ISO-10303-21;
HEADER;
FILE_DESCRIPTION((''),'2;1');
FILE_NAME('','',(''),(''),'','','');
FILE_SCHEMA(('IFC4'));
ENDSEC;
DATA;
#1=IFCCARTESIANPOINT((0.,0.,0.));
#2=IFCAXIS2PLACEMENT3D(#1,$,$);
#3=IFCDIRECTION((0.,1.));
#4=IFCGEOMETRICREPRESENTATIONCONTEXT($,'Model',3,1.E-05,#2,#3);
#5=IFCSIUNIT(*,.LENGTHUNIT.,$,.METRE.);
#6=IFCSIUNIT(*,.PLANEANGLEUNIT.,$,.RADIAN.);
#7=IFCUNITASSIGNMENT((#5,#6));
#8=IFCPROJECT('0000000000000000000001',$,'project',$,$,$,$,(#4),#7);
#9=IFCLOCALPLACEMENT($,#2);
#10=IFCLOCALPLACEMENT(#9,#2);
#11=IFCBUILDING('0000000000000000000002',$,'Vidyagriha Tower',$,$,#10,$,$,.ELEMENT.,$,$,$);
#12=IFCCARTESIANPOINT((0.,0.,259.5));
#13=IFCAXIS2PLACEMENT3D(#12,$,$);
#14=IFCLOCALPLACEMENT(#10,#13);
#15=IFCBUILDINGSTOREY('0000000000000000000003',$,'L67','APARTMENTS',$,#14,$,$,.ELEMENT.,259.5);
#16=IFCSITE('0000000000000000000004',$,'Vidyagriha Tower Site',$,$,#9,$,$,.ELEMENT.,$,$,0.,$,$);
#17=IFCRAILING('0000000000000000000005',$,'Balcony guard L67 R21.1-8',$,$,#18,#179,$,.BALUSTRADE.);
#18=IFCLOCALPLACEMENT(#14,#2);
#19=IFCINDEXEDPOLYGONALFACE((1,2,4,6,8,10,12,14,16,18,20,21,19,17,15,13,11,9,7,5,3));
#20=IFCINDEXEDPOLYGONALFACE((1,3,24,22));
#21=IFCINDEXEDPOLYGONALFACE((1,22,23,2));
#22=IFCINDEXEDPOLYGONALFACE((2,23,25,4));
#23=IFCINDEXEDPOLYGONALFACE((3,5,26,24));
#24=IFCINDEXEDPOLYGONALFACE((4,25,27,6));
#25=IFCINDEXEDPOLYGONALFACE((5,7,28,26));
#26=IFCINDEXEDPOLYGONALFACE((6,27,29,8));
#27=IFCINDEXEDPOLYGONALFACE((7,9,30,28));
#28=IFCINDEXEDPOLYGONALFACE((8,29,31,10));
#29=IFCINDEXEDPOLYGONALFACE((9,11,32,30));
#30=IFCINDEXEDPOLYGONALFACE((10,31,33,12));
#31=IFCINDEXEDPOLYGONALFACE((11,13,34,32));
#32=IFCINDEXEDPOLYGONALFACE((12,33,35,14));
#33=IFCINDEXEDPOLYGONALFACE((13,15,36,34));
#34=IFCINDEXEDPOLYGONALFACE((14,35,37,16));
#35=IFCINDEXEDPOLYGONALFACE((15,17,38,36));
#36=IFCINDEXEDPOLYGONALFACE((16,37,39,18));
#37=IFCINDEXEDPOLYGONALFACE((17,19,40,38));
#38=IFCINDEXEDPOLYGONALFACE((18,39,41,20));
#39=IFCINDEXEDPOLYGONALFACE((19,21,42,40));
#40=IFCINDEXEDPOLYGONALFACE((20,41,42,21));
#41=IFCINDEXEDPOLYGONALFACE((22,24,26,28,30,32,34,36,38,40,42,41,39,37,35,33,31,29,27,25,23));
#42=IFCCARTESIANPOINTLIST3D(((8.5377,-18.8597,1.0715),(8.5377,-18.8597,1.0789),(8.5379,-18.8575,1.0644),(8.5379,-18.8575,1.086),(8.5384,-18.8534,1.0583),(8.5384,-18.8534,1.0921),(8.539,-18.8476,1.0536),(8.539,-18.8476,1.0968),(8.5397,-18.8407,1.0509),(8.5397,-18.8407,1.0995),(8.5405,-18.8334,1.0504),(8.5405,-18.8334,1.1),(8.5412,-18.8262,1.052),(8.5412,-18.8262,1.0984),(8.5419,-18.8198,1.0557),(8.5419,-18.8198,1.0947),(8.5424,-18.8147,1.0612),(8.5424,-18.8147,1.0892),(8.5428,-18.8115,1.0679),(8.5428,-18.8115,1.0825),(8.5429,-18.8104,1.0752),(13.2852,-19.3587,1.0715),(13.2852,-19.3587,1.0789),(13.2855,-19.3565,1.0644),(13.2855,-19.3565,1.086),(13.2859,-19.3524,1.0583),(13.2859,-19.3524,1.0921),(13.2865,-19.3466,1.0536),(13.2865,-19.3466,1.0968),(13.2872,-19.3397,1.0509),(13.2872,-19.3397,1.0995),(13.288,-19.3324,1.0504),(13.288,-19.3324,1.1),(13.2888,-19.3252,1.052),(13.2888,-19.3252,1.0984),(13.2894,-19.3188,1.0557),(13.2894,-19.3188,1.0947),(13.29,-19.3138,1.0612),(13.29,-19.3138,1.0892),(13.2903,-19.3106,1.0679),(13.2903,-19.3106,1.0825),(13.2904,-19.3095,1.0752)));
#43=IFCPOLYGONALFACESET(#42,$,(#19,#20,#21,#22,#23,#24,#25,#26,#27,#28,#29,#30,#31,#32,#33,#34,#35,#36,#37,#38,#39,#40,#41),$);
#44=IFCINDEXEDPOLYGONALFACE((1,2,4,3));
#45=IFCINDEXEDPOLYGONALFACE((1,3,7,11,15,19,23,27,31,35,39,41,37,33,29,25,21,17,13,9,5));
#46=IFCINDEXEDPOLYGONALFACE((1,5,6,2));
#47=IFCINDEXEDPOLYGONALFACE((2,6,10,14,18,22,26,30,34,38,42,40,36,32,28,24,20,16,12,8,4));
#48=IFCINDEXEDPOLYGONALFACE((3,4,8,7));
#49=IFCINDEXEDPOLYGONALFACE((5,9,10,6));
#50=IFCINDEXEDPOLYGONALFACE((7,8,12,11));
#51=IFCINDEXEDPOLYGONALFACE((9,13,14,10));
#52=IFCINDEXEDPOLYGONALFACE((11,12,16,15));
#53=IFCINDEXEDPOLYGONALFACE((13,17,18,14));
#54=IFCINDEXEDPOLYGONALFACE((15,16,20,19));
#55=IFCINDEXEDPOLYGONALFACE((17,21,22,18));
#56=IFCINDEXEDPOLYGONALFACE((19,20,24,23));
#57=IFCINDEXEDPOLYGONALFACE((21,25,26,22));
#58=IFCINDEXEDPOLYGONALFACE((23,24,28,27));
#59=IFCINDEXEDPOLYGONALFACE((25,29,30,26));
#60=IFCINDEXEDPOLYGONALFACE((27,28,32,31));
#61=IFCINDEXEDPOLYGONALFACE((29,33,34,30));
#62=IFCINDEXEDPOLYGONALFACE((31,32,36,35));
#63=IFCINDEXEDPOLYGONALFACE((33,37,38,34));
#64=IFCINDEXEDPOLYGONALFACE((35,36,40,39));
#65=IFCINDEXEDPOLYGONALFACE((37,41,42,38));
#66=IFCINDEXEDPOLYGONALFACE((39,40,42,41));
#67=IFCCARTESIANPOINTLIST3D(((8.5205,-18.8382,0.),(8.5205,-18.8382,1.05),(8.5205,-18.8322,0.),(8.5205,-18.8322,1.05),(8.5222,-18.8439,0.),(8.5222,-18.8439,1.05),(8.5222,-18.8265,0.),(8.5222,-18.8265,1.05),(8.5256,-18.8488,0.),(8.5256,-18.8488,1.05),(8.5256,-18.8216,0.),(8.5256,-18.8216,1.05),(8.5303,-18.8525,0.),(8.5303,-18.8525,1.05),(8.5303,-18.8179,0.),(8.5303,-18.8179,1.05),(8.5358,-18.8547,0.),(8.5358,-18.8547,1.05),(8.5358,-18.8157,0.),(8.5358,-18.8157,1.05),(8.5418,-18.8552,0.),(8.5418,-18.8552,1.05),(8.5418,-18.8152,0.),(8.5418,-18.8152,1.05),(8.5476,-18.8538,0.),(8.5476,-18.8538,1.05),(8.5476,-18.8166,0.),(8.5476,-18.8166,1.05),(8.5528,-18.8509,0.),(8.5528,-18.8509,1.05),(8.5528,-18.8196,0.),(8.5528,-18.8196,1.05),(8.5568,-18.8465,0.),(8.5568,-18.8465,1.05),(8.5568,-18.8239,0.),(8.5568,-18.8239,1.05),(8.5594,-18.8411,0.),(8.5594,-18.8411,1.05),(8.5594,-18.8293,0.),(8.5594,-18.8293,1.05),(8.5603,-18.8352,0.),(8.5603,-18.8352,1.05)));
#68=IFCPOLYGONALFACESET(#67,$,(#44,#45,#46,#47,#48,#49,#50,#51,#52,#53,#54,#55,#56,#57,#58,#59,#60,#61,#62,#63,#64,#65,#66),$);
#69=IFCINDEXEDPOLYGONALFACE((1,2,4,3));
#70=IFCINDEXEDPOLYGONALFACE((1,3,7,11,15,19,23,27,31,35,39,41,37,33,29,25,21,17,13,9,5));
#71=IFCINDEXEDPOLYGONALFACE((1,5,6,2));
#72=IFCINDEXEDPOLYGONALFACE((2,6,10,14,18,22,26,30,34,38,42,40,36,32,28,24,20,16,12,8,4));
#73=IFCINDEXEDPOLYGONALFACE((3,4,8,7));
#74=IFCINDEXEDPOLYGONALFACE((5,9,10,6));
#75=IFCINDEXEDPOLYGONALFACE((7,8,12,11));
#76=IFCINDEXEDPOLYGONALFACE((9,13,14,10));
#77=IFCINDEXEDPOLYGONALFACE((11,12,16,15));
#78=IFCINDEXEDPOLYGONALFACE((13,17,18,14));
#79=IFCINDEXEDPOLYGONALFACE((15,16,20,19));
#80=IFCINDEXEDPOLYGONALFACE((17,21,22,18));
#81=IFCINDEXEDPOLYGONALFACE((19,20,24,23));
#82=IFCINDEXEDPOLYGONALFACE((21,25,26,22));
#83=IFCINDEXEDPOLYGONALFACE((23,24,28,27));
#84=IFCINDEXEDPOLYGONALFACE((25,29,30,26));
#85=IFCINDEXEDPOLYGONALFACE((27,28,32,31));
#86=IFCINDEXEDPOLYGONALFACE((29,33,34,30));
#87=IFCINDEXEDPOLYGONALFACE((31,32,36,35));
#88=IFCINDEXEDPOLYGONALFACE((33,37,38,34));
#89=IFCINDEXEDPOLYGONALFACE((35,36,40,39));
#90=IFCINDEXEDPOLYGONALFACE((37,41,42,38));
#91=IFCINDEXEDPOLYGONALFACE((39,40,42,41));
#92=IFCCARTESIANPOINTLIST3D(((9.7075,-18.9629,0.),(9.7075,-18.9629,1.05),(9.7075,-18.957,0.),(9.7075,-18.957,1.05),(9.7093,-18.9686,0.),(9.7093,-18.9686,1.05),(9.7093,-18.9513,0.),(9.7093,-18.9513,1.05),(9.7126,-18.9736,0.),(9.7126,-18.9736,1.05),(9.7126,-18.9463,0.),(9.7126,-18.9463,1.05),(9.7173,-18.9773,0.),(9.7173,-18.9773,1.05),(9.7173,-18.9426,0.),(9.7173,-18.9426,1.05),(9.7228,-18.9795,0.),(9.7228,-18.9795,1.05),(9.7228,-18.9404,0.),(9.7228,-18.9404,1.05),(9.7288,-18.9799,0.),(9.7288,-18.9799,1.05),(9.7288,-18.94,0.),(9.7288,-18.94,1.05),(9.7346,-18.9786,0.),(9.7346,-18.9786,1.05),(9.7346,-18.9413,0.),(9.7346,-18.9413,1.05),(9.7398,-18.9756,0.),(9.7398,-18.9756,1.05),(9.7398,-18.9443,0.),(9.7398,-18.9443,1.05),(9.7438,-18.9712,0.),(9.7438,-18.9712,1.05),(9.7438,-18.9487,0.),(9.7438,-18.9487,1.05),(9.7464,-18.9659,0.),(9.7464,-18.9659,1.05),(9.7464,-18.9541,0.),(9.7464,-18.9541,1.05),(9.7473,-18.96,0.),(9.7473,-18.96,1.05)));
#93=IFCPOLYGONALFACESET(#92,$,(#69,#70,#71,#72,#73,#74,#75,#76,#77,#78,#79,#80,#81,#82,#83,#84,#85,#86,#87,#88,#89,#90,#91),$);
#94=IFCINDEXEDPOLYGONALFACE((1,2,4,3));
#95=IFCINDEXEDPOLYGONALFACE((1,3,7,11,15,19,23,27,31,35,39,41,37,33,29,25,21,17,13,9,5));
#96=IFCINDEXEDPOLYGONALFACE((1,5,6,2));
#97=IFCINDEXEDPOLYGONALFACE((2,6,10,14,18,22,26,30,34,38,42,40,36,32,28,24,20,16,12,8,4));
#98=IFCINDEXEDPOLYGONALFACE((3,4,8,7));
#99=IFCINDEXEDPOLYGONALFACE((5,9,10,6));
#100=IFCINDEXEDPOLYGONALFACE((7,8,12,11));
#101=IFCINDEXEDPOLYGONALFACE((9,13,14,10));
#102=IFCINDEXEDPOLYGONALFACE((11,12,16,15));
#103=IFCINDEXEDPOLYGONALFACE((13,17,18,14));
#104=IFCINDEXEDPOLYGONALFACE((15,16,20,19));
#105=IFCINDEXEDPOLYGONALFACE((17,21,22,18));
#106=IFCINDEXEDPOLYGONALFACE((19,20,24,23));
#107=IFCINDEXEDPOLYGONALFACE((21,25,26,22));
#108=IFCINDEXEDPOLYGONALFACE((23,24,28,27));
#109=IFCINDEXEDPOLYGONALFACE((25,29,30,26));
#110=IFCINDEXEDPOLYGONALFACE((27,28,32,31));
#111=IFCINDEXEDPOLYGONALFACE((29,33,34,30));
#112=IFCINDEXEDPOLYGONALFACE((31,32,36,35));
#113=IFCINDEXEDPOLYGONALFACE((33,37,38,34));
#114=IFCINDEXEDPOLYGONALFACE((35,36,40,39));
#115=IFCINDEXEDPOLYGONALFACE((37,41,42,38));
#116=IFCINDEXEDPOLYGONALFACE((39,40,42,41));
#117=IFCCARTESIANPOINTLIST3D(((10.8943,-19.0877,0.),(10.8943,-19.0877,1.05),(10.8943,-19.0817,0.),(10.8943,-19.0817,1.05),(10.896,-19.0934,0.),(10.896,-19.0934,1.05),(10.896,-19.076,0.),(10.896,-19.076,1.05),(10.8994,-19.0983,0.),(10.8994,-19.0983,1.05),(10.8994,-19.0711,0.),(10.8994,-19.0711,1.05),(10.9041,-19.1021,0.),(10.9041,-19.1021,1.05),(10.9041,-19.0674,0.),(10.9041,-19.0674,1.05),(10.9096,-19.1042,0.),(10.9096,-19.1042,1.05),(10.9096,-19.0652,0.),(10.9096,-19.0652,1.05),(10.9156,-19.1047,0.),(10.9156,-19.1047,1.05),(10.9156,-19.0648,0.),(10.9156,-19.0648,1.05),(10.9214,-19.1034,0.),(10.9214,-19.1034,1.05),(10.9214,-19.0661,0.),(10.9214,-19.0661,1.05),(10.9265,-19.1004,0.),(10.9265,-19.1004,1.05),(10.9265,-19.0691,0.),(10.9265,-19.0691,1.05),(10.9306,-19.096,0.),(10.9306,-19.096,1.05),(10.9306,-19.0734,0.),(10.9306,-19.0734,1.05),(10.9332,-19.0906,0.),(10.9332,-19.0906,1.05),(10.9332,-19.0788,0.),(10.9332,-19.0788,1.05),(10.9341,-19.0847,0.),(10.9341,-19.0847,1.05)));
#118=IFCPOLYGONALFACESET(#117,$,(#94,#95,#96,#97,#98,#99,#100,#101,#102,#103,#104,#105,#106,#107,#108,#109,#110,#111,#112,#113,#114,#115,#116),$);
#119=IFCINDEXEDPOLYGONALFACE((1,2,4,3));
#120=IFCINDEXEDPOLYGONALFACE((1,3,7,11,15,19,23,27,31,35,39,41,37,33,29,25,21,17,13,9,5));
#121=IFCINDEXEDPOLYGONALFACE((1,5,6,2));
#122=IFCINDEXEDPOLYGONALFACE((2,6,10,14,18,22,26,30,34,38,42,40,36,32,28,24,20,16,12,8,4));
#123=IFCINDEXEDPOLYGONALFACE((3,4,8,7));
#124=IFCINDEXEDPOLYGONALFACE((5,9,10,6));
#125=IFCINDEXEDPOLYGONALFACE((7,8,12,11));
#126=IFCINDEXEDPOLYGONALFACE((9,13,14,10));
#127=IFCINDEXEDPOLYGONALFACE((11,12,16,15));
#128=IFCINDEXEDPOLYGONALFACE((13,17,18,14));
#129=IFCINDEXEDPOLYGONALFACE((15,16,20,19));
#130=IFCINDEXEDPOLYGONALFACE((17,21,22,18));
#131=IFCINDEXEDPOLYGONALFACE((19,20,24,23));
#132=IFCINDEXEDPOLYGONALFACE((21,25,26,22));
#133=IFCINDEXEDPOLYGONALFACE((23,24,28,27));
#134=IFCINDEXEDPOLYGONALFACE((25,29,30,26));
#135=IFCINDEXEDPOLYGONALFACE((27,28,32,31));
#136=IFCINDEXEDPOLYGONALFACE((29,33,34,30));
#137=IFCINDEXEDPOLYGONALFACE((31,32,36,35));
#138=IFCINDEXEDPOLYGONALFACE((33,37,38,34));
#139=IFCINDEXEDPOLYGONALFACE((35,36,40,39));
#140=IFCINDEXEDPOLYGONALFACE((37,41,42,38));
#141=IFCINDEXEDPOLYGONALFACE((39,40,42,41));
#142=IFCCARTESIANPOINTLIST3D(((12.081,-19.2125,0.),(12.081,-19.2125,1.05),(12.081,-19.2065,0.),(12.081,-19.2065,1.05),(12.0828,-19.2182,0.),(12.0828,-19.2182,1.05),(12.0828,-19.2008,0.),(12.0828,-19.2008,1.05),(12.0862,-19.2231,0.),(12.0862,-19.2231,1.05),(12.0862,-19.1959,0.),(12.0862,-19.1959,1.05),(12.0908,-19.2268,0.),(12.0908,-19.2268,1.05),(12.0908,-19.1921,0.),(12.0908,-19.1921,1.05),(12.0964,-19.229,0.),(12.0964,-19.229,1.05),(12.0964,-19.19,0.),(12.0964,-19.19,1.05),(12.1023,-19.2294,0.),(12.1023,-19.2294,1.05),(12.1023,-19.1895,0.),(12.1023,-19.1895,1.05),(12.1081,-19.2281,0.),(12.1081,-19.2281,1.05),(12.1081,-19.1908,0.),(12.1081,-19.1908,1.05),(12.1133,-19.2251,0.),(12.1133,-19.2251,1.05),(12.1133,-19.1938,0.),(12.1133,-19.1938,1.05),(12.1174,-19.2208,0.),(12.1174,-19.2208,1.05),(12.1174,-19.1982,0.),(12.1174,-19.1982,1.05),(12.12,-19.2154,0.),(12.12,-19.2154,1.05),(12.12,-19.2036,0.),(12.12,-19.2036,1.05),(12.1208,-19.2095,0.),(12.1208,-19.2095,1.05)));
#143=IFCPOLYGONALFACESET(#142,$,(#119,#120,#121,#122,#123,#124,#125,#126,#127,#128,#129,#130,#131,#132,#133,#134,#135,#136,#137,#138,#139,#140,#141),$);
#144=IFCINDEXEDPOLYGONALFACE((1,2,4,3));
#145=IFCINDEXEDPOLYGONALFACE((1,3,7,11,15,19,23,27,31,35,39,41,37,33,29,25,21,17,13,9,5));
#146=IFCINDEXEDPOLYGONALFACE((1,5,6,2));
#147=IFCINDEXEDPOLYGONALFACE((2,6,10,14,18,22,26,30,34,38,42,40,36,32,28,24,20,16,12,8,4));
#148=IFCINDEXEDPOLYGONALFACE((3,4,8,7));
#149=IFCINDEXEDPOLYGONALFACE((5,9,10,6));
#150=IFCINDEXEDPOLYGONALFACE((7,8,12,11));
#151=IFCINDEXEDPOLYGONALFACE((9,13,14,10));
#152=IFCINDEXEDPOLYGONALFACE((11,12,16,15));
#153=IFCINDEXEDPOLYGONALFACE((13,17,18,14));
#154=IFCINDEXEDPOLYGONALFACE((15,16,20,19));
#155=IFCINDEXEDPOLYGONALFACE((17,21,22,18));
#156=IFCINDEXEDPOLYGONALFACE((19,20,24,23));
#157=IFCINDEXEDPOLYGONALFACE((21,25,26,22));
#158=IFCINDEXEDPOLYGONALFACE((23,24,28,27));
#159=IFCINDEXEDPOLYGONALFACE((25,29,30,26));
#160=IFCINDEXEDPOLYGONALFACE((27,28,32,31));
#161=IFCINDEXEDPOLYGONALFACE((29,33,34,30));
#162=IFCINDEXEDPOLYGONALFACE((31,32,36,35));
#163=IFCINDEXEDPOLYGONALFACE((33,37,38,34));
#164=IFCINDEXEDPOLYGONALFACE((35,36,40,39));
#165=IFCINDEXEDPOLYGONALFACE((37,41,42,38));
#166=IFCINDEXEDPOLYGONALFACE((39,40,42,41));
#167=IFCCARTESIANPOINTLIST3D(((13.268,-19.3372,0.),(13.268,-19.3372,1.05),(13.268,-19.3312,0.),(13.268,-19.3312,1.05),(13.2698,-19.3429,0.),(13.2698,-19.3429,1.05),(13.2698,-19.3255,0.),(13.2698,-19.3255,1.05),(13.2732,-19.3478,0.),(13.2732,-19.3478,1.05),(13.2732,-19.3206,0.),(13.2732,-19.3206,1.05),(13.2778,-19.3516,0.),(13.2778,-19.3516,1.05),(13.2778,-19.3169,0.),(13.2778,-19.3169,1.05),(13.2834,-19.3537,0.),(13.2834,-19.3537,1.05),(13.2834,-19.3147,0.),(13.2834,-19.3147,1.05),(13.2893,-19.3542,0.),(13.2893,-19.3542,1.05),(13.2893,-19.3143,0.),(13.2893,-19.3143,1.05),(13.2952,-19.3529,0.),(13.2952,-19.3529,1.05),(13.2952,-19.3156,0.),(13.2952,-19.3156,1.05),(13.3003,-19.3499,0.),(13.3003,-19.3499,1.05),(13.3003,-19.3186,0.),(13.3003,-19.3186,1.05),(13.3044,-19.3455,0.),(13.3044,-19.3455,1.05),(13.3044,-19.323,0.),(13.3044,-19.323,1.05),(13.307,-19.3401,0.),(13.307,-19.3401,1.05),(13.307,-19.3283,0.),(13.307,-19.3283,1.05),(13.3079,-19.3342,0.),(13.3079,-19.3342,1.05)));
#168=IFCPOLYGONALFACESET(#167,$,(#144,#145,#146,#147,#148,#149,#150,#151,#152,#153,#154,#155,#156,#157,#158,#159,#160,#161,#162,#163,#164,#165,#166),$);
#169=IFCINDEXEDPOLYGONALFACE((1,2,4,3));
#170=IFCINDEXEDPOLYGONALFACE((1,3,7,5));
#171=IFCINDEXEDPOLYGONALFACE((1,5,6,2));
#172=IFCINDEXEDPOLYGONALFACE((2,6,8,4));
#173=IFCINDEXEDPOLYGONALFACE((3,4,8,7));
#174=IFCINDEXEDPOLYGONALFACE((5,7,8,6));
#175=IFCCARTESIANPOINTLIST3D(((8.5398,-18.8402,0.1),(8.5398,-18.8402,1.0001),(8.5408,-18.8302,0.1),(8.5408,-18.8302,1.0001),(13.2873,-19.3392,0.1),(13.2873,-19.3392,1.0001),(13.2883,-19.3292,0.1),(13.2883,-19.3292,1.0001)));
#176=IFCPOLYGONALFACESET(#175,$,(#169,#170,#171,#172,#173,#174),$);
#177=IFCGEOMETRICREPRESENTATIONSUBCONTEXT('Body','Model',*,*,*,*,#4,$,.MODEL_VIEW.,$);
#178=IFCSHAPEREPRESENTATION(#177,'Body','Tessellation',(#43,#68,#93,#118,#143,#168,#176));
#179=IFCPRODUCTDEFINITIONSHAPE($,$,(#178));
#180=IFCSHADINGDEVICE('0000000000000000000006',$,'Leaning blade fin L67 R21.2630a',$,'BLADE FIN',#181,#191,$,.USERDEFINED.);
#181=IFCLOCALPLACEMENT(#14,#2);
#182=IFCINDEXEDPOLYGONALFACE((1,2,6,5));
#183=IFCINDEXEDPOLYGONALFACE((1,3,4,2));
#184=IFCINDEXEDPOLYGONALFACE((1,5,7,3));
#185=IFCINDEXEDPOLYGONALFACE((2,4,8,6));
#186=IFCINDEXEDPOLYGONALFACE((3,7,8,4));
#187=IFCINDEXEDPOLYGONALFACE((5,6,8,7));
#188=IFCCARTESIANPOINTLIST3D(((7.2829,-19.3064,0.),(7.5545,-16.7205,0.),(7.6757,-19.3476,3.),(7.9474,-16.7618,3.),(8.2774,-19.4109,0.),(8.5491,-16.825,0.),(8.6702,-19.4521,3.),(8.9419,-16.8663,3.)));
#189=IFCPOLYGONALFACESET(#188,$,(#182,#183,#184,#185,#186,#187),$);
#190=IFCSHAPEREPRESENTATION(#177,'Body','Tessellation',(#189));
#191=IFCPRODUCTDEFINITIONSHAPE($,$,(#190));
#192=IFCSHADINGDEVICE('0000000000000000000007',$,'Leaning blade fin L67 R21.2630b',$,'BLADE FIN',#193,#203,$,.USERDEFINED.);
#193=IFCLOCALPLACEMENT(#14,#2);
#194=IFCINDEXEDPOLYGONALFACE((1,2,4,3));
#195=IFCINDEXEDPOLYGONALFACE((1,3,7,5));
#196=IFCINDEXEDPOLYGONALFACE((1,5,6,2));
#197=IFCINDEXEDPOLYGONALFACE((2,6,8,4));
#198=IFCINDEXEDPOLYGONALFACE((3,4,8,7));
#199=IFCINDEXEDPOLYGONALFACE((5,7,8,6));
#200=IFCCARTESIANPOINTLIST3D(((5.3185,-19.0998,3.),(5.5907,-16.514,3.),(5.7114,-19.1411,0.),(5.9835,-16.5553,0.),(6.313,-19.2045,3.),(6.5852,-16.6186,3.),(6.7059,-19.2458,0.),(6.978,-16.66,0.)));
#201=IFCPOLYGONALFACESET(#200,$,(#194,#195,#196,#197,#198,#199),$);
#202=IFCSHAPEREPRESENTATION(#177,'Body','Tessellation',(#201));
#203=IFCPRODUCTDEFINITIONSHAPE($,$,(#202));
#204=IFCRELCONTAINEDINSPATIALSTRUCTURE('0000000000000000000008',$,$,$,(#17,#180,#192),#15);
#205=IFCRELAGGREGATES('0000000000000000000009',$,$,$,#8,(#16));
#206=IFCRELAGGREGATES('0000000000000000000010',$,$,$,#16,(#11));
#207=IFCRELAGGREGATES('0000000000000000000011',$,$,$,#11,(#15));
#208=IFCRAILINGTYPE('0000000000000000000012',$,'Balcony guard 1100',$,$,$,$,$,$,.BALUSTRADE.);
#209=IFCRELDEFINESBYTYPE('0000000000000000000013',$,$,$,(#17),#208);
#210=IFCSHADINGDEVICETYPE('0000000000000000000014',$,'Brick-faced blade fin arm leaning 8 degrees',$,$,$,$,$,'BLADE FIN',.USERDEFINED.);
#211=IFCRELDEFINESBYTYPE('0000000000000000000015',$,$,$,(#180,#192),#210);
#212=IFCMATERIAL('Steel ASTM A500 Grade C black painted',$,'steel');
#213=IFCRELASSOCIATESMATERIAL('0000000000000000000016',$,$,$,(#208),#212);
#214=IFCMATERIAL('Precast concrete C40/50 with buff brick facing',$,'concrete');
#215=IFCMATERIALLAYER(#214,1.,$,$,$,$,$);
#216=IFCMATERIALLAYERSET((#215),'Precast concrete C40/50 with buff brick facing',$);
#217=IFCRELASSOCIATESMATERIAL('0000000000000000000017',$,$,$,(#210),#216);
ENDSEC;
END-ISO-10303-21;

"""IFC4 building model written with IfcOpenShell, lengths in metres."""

from ifc_helpers import new_model, si_unit, direction, frame, origin, origin_2d, place, context, subcontext, project, spatial, polyline, rectangle, circle, outline, extrude, material, layer, layer_set, type_object, element, save


model = new_model("IFC4")

# Units and contexts
model_context = context("Model", 3, precision=1e-05, world=origin(), true_north=direction((0.0, 1.0)))
body_context = subcontext(model_context, "Body", "Model", "MODEL_VIEW")
ifc_project = project(units=[si_unit("LENGTHUNIT", "METRE"), si_unit("PLANEANGLEUNIT", "RADIAN")], contexts=[model_context])

# Site, building, storey
site_placement = place(None, origin())
site = spatial("IfcSite", under=ifc_project, at=site_placement, Name="Vidyagriha Tower Site", CompositionType="ELEMENT", RefElevation=0.0)
building_placement = place(site_placement, origin())
building = spatial("IfcBuilding", under=site, at=building_placement, Name="Vidyagriha Tower", CompositionType="ELEMENT")
storey_placement = place(building_placement, frame((0.0, 0.0, 259.5)))
storey = spatial("IfcBuildingStorey", under=building, at=storey_placement, Name="L67", Description="APARTMENTS", CompositionType="ELEMENT", Elevation=259.5)

# Railing
ifc_material_1 = material(Name="Steel ASTM A500 Grade C black painted", Category="steel")
railing_type = type_object("IfcRailingType", Name="Balcony guard 1100", PredefinedType="BALUSTRADE", material=ifc_material_1)
railing_1_placement = place(storey_placement, frame((8.5403, -18.8352, 0.0)))
element("IfcRailing", 1, at=railing_1_placement, inside=storey, type_object=railing_type, Name="Balcony guard L67 R21.1-8", PredefinedType="BALUSTRADE", context=body_context, shape_type="SweptSolid", body=[
    extrude(circle(Radius=0.0249, at=origin_2d()), frame((0.0, 0.0, 1.0752), z_axis=(0.994521, -0.104536, 0.0), x_axis=(0.104536, 0.994521, 0.0)), (0.0, 0.0, 1.0), 4.7737),
    extrude(circle(Radius=0.02, at=origin_2d()), origin(), (0.0, 0.0, 1.0), 1.05),
    extrude(circle(Radius=0.02, at=origin_2d()), frame((1.187, -0.1248, 0.0)), (0.0, 0.0, 1.0), 1.05),
    extrude(circle(Radius=0.02, at=origin_2d()), frame((2.3738, -0.2495, 0.0)), (0.0, 0.0, 1.0), 1.05),
    extrude(circle(Radius=0.02, at=origin_2d()), frame((3.5605, -0.3743, 0.0)), (0.0, 0.0, 1.0), 1.05),
    extrude(circle(Radius=0.02, at=origin_2d()), frame((4.7476, -0.499, 0.0)), (0.0, 0.0, 1.0), 1.05),
    extrude(rectangle(XDim=0.01, YDim=0.9001, at=origin_2d()), frame((0.0, 0.0, 0.55), z_axis=(0.994521, -0.104536, 0.0), x_axis=(0.104536, 0.994521, 0.0)), (0.0, 0.0, 1.0), 4.7737),
])

# Shading devices
ifc_material_2 = material(Name="Precast concrete C40/50 with buff brick facing", Category="concrete")
ifc_layer_1 = layer(ifc_material_2, 1.0)
ifc_layer_set_1 = layer_set([ifc_layer_1], Name="Precast concrete C40/50 with buff brick facing")
shading_device_type = type_object("IfcShadingDeviceType", Name="Brick-faced blade fin arm leaning 8 degrees", ElementType="BLADE FIN", PredefinedType="USERDEFINED", material=ifc_layer_set_1)
shading_device_1_placement = place(storey_placement, frame((7.4187, -18.0134, 0.0), z_axis=(0.0, 0.0, 1.0), x_axis=(0.994526, -0.104493, 0.0)))
element("IfcShadingDevice", 2, at=shading_device_1_placement, inside=storey, type_object=shading_device_type, Name="Leaning blade fin L67 R21.2630a", ObjectType="BLADE FIN", PredefinedType="USERDEFINED", context=body_context, shape_type="SweptSolid", body=[
    extrude(outline(polyline([(0.0, 0.0), (1.0, 0.0), (1.395, 3.0), (0.395, 3.0), (0.0, 0.0)])), frame((0.0, 1.3, 0.0), z_axis=(0.0, -1.0, 0.0), x_axis=(1.0, 0.0, 0.0)), (0.0, 0.0, 1.0), 2.6001),
])
shading_device_2_placement = place(storey_placement, frame((5.4546, -17.8069, 0.0), z_axis=(0.0, 0.0, 1.0), x_axis=(0.994507, -0.104667, 0.0)))
element("IfcShadingDevice", 3, at=shading_device_2_placement, inside=storey, type_object=shading_device_type, Name="Leaning blade fin L67 R21.2630b", ObjectType="BLADE FIN", PredefinedType="USERDEFINED", context=body_context, shape_type="SweptSolid", body=[
    extrude(outline(polyline([(0.395, 0.0), (1.395, 0.0), (1.0, 3.0), (0.0, 3.0), (0.395, 0.0)])), frame((0.0, 1.3, 0.0), z_axis=(0.0, -1.0, 0.0), x_axis=(1.0, 0.0, 0.0)), (0.0, 0.0, 1.0), 2.6001),
])

save(model, "model.ifc")
